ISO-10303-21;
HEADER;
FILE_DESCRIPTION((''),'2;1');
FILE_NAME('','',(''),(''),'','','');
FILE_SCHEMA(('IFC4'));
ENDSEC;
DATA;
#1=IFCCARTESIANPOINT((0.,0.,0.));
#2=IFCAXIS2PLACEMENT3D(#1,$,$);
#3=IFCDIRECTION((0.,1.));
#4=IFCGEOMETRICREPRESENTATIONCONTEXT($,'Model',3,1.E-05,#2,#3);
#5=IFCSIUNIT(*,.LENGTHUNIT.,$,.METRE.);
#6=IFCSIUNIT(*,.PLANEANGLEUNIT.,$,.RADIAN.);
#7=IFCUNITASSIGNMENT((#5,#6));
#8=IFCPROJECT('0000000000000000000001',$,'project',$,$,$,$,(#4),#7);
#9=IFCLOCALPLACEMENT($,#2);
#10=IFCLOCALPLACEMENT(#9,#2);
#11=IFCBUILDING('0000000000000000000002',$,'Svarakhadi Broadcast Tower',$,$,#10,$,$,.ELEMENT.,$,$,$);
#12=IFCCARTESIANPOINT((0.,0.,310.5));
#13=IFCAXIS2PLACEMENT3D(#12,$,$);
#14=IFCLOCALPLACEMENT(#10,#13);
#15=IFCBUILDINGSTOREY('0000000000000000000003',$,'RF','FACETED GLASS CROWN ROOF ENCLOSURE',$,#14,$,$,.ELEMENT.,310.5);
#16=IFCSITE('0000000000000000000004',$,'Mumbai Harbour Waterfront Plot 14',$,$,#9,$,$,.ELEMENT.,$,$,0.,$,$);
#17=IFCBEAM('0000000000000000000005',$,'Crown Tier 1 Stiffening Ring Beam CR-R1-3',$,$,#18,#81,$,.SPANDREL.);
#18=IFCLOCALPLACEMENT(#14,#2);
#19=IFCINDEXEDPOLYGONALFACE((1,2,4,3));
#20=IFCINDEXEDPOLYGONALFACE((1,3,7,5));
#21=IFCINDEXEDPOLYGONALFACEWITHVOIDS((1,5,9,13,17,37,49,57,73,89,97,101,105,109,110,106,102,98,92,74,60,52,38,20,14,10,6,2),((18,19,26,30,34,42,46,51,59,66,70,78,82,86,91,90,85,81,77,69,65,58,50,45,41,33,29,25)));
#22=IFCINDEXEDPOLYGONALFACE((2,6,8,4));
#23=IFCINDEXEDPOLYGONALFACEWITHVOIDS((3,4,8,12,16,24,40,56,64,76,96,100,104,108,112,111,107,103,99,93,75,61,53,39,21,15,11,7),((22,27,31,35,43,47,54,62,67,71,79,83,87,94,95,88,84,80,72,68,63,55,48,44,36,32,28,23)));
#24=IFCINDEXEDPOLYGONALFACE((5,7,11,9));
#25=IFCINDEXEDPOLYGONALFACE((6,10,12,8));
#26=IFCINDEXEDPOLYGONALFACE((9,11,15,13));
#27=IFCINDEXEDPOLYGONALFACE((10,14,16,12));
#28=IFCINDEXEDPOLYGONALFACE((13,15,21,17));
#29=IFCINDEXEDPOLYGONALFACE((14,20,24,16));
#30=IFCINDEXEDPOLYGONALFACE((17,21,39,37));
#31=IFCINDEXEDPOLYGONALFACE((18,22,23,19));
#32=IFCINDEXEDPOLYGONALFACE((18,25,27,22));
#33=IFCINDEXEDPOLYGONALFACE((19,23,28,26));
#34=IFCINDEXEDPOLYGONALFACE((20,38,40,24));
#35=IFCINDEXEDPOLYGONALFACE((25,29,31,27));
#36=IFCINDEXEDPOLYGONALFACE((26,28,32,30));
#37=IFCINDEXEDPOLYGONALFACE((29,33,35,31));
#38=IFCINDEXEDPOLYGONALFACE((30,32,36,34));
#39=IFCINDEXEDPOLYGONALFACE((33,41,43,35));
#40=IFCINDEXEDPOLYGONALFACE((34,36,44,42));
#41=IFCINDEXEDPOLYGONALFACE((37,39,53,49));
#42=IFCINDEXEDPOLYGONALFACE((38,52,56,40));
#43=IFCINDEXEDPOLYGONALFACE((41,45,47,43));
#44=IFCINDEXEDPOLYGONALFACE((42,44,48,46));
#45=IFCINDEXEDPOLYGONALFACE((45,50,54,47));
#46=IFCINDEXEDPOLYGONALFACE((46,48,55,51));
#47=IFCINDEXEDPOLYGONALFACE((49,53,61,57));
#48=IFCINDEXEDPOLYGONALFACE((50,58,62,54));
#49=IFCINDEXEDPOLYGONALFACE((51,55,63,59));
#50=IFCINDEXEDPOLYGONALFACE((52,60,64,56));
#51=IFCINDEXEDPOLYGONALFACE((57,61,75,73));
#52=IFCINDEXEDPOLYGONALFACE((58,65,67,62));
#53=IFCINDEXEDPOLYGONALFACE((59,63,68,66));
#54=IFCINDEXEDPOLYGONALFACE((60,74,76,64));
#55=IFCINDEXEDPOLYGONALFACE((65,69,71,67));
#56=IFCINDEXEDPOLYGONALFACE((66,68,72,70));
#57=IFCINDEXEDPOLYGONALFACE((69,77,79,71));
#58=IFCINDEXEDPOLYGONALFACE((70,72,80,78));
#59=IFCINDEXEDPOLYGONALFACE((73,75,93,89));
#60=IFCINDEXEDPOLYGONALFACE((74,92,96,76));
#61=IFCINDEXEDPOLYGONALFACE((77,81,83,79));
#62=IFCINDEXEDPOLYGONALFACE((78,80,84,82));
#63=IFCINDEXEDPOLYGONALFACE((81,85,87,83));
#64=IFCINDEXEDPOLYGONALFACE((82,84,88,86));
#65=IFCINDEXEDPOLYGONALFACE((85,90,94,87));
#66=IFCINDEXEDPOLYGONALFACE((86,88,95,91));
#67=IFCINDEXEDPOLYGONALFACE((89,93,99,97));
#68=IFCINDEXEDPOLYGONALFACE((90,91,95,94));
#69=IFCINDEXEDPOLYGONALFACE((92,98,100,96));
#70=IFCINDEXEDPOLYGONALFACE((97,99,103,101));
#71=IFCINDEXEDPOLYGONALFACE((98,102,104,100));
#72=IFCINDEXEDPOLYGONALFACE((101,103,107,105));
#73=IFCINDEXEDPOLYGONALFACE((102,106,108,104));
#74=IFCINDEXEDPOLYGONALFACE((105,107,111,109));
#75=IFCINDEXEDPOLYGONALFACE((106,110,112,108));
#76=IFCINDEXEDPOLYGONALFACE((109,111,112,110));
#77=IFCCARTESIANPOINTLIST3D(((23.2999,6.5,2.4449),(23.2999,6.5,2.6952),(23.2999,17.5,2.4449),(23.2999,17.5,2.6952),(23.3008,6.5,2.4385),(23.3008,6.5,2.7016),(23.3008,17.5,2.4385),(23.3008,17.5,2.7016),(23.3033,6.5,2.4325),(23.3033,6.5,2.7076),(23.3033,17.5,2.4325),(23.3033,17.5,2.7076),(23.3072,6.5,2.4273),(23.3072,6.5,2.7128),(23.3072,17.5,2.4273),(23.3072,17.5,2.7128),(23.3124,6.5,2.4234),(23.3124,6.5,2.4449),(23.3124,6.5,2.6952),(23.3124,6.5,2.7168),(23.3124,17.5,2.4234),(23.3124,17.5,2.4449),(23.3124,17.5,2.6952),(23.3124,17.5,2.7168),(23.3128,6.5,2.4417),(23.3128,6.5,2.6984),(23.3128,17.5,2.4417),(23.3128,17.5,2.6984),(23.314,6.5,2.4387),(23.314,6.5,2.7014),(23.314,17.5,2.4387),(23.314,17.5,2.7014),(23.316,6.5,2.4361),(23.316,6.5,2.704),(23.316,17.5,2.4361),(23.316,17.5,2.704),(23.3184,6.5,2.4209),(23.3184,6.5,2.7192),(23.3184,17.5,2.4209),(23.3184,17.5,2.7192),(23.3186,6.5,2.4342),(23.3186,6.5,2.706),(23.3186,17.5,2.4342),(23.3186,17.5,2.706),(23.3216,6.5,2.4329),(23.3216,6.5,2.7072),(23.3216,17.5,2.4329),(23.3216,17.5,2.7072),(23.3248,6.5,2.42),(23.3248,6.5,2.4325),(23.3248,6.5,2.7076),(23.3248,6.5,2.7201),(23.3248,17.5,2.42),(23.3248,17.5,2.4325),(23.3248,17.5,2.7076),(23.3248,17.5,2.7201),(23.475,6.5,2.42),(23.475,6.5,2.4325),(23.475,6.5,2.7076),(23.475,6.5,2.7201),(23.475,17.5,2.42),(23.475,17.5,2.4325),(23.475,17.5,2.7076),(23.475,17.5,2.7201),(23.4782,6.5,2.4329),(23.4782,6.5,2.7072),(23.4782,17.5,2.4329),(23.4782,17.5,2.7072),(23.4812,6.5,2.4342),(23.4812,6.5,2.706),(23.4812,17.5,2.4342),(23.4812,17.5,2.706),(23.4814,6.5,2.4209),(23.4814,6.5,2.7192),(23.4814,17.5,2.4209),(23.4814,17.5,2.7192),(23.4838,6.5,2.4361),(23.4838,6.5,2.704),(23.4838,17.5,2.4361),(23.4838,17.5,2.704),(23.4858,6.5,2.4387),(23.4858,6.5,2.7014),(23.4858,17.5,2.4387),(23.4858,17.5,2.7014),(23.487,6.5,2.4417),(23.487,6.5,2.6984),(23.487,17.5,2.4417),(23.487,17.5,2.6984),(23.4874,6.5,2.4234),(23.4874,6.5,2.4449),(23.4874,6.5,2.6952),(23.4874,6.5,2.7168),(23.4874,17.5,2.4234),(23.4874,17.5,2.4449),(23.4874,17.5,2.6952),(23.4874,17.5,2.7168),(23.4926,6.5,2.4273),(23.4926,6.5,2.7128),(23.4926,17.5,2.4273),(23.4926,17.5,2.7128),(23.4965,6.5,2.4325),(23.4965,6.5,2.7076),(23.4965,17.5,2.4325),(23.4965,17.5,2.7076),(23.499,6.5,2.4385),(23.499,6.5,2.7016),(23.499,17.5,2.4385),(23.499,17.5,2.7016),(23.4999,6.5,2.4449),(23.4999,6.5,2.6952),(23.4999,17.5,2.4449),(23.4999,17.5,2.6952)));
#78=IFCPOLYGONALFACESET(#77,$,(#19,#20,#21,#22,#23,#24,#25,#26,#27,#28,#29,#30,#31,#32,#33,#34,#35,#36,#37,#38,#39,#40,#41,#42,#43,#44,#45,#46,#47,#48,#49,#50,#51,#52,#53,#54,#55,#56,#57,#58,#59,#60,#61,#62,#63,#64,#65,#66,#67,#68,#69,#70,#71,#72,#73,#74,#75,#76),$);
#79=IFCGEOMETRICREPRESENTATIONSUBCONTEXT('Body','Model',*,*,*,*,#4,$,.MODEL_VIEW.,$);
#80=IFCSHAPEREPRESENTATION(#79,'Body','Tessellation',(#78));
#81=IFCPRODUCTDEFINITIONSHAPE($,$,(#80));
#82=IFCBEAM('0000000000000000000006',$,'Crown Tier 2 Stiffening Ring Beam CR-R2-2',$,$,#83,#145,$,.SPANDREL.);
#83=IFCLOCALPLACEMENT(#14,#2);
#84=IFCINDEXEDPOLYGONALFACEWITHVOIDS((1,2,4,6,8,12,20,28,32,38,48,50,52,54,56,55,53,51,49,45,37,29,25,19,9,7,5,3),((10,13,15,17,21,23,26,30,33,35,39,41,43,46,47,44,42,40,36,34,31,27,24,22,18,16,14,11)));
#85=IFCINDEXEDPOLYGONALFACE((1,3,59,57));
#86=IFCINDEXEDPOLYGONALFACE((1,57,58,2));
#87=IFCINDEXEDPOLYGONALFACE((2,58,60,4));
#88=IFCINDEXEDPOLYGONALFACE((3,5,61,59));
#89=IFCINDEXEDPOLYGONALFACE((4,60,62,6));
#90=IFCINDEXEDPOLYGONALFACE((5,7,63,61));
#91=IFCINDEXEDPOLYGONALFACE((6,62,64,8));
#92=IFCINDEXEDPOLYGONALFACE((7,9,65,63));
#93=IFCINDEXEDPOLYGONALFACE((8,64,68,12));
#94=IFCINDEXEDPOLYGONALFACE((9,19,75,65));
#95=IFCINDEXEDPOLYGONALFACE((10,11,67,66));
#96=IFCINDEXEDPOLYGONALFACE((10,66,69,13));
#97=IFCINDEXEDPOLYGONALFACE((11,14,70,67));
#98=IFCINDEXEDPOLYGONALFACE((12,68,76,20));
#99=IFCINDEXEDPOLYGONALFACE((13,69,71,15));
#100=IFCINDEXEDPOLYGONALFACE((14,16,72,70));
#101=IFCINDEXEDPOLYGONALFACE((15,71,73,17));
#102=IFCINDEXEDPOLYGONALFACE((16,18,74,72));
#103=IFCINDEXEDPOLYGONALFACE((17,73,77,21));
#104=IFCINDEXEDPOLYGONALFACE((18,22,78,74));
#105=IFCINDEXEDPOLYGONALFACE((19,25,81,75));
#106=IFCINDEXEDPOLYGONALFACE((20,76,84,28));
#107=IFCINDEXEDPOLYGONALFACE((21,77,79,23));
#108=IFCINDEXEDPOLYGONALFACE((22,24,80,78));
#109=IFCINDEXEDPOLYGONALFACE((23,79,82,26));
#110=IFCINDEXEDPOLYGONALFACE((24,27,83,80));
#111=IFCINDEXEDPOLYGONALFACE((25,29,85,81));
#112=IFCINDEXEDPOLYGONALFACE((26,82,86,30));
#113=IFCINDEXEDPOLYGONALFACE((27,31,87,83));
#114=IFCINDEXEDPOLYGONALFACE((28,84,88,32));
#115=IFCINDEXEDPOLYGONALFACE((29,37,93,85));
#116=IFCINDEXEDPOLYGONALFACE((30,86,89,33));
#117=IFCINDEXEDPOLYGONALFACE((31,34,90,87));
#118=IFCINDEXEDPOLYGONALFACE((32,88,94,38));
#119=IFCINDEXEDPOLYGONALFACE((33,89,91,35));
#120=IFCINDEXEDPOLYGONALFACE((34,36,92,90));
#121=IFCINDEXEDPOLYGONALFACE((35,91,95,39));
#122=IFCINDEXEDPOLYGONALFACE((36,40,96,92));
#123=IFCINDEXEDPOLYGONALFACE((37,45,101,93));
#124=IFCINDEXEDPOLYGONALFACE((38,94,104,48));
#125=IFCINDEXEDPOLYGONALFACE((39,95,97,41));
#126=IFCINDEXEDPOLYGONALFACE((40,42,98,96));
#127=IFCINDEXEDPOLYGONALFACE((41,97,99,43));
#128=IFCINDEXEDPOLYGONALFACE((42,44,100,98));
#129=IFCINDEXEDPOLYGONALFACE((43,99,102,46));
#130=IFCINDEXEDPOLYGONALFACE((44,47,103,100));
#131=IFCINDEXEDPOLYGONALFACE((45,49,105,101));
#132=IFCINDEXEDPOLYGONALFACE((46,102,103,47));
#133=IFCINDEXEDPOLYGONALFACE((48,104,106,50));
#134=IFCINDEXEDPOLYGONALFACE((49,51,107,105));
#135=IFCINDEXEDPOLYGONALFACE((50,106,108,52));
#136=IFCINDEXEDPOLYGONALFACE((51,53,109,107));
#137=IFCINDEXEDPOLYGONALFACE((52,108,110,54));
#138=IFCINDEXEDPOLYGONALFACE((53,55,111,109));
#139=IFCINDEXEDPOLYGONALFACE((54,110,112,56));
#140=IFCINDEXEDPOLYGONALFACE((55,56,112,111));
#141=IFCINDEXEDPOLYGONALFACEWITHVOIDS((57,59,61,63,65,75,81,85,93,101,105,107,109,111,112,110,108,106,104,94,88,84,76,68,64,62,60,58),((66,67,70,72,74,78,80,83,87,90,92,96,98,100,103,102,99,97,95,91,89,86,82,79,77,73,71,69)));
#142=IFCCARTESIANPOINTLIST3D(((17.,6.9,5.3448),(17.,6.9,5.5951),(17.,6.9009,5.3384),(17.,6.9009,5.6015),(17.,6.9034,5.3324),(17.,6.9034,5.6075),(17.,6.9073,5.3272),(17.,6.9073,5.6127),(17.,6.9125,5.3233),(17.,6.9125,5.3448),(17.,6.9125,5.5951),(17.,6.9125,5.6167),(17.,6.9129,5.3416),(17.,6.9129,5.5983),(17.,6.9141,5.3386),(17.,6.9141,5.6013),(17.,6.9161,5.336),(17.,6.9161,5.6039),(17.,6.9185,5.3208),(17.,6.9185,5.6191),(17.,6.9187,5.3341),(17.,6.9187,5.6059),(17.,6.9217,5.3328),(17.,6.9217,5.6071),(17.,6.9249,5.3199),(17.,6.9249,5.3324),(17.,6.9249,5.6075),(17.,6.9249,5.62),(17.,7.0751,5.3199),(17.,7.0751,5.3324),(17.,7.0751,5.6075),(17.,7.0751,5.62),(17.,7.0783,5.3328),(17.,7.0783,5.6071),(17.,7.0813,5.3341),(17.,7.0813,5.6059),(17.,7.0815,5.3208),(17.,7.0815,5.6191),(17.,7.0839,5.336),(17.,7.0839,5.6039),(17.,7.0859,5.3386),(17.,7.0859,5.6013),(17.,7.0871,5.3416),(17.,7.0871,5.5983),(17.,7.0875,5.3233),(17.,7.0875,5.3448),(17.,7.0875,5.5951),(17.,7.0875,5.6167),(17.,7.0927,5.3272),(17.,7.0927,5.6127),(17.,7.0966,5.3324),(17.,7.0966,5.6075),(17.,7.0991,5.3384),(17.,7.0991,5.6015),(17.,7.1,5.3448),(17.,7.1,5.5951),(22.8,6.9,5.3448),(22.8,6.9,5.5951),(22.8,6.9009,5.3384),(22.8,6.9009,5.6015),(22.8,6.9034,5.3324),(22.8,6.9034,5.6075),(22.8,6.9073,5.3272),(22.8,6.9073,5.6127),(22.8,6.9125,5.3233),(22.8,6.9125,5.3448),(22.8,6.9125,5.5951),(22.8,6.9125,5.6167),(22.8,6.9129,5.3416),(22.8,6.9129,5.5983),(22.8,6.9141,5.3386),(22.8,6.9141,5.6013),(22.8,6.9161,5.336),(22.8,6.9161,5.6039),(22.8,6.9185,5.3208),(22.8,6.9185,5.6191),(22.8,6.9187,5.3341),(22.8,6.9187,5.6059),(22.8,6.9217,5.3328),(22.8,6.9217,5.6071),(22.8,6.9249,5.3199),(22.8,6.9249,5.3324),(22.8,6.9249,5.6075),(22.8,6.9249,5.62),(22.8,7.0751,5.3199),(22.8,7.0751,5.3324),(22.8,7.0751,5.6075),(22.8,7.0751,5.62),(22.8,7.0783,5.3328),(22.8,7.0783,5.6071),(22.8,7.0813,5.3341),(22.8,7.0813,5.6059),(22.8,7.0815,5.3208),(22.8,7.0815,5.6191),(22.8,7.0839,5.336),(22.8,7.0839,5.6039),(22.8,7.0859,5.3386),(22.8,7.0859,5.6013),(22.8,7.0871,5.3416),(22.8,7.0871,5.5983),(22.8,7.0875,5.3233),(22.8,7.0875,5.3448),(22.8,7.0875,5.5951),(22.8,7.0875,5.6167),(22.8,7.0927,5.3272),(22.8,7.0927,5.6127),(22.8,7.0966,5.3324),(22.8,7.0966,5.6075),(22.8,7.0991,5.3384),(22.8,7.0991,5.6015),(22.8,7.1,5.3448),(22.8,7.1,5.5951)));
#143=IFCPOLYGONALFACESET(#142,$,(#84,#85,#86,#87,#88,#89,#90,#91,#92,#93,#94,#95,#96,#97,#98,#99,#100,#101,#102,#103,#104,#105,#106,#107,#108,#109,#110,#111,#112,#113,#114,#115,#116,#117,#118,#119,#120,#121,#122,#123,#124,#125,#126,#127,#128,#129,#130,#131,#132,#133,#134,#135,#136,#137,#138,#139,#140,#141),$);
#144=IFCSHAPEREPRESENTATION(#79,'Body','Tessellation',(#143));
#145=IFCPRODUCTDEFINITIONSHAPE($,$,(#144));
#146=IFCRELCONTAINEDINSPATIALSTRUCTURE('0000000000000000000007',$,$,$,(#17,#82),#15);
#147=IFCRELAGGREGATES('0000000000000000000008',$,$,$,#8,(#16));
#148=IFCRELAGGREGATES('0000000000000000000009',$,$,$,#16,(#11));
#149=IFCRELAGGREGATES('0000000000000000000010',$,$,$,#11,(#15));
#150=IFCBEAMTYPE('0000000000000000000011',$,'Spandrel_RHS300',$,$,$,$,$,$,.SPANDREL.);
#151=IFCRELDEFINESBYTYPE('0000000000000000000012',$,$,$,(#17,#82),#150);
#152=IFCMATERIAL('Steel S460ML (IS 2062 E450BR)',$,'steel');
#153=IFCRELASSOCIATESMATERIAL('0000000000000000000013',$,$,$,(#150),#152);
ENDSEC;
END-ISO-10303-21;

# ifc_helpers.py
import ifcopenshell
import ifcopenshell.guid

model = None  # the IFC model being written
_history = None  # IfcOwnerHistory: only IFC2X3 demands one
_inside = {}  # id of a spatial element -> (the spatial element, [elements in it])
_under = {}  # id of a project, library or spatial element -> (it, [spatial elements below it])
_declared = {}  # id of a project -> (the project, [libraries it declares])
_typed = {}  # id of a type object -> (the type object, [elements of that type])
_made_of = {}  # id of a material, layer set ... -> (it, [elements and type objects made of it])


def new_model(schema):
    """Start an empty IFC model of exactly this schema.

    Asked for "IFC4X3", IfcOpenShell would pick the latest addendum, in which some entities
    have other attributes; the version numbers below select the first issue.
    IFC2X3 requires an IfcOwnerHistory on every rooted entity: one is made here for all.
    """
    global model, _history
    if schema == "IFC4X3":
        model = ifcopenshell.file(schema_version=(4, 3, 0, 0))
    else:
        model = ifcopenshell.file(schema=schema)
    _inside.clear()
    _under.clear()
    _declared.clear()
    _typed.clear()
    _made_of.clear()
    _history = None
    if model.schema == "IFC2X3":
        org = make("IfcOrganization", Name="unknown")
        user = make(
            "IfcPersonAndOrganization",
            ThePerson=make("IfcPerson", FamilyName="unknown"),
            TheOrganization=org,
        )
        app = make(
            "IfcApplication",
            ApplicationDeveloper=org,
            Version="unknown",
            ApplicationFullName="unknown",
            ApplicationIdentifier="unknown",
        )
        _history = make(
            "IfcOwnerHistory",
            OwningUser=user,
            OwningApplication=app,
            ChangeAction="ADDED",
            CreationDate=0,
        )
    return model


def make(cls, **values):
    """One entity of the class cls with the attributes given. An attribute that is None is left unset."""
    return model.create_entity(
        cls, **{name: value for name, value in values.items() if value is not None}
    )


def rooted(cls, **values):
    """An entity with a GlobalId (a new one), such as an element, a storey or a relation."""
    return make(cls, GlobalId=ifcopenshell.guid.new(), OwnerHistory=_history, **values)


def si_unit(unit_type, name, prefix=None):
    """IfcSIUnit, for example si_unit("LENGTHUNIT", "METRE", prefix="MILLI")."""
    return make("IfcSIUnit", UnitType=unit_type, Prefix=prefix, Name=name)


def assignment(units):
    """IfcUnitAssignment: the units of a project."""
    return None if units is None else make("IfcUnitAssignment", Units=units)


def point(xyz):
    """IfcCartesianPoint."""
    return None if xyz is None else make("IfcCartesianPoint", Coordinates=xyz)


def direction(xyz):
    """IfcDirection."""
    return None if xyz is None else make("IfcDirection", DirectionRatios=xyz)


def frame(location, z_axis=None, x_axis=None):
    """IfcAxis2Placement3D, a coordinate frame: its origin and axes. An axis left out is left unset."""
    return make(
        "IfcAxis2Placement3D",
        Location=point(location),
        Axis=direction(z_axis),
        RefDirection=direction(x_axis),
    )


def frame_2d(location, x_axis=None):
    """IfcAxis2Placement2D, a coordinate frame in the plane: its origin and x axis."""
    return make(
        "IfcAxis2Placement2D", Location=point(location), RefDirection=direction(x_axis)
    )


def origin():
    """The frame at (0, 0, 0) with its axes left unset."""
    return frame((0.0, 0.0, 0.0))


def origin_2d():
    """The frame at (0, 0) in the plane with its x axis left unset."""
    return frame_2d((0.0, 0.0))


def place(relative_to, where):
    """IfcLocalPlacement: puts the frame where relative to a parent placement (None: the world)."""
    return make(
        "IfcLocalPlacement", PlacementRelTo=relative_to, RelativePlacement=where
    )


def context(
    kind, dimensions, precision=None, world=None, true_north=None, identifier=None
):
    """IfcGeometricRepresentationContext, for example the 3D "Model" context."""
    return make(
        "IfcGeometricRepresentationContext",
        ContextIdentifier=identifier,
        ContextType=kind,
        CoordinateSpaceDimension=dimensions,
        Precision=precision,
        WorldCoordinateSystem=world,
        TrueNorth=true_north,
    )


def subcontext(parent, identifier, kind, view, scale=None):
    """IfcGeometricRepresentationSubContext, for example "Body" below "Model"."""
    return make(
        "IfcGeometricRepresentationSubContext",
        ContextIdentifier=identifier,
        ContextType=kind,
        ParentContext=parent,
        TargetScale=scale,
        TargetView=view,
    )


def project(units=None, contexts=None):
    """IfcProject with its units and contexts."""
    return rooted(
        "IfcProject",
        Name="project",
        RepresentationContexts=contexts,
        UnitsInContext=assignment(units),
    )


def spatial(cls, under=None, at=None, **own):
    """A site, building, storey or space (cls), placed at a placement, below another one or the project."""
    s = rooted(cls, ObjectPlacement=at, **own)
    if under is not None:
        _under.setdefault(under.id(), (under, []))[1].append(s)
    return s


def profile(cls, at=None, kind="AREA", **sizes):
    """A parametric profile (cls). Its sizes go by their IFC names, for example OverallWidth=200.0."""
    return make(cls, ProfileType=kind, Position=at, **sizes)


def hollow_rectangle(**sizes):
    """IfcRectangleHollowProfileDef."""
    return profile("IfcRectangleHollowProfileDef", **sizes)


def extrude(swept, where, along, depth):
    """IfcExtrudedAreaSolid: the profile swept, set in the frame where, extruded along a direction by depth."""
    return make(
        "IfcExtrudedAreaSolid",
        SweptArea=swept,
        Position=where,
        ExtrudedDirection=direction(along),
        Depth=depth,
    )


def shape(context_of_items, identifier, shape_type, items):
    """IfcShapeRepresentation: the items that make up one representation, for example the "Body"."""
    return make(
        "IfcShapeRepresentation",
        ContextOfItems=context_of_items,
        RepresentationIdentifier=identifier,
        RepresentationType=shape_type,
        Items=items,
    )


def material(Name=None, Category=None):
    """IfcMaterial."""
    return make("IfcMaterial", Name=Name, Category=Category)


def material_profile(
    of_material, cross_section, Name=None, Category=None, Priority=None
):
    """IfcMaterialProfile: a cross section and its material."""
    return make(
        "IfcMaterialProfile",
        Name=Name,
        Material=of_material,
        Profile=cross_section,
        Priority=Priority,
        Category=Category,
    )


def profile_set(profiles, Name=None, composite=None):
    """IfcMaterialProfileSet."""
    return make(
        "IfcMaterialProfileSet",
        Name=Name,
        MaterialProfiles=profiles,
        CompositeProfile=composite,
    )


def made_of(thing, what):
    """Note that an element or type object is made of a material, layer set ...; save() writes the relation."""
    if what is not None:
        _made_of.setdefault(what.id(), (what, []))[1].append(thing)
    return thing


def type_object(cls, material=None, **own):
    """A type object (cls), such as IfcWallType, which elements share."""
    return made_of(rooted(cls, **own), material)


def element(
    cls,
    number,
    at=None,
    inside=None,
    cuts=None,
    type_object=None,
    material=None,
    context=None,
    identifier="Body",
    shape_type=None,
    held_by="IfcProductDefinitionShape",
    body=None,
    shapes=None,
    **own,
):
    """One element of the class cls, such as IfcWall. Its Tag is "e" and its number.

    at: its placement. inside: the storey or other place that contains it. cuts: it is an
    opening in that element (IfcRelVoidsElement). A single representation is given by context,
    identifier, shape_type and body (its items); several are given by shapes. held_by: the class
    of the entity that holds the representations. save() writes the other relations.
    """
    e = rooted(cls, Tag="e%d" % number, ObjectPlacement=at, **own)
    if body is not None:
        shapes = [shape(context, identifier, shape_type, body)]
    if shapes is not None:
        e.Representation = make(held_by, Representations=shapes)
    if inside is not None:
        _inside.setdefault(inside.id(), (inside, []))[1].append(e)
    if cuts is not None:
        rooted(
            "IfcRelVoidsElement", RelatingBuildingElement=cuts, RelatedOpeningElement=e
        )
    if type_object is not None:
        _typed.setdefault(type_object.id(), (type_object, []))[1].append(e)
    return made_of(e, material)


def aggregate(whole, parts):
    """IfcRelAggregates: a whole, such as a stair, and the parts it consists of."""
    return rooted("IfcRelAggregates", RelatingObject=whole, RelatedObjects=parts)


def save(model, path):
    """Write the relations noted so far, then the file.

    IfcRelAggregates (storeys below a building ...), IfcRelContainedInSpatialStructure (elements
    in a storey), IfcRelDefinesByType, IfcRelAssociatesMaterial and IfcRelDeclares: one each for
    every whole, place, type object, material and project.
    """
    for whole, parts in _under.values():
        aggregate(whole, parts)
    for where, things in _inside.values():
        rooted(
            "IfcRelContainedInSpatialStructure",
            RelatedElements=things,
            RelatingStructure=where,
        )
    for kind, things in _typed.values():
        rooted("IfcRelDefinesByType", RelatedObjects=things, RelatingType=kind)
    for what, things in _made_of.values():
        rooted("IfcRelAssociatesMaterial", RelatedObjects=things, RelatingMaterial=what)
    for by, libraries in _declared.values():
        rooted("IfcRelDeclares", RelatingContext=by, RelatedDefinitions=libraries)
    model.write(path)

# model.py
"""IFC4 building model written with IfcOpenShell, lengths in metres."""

from ifc_helpers import new_model, si_unit, direction, frame, origin, origin_2d, place, context, subcontext, project, spatial, hollow_rectangle, extrude, material, material_profile, profile_set, type_object, element, save


model = new_model("IFC4")

# Units and contexts
model_context = context("Model", 3, precision=1e-05, world=origin(), true_north=direction((0.0, 1.0)))
body_context = subcontext(model_context, "Body", "Model", "MODEL_VIEW")
ifc_project = project(units=[si_unit("LENGTHUNIT", "METRE"), si_unit("PLANEANGLEUNIT", "RADIAN")], contexts=[model_context])

# Site, building, storey
site_placement = place(None, origin())
site = spatial("IfcSite", under=ifc_project, at=site_placement, Name="Mumbai Harbour Waterfront Plot 14", CompositionType="ELEMENT", RefElevation=0.0)
building_placement = place(site_placement, origin())
building = spatial("IfcBuilding", under=site, at=building_placement, Name="Svarakhadi Broadcast Tower", CompositionType="ELEMENT")
storey_placement = place(building_placement, frame((0.0, 0.0, 310.5)))
storey = spatial("IfcBuildingStorey", under=building, at=storey_placement, Name="RF", Description="FACETED GLASS CROWN ROOF ENCLOSURE", CompositionType="ELEMENT", Elevation=310.5)

# Shared definitions
ifc_material_1 = material(Name="Steel S460ML (IS 2062 E450BR)", Category="steel")

# Beams
ifc_material_profile_1 = material_profile(ifc_material_1, hollow_rectangle(XDim=0.2, YDim=0.3, WallThickness=0.0125, InnerFilletRadius=0.0125, OuterFilletRadius=0.0249, at=origin_2d()), Name="RHS 300x200x12.5")
ifc_profile_set_1 = profile_set([ifc_material_profile_1], Name="Steel S460ML (IS 2062 E450BR)")
beam_type_1 = type_object("IfcBeamType", Name="Spandrel_RHS300", PredefinedType="SPANDREL", material=ifc_profile_set_1)
beam_1_placement = place(storey_placement, frame((23.3999, 6.5, 2.5701), z_axis=(0.0, 1.0, 0.0), x_axis=(-1.0, 0.0, 0.0)))
element("IfcBeam", 1, at=beam_1_placement, inside=storey, type_object=beam_type_1, Name="Crown Tier 1 Stiffening Ring Beam CR-R1-3", PredefinedType="SPANDREL", context=body_context, shape_type="SweptSolid", body=[
    extrude(hollow_rectangle(XDim=0.2, YDim=0.3, WallThickness=0.0125, InnerFilletRadius=0.0125, OuterFilletRadius=0.0249, at=origin_2d()), origin(), (0.0, 0.0, 1.0), 11.0),
])
beam_2_placement = place(storey_placement, frame((17.0, 7.0, 5.47), z_axis=(1.0, 0.0, 0.0), x_axis=(0.0, 1.0, 0.0)))
element("IfcBeam", 2, at=beam_2_placement, inside=storey, type_object=beam_type_1, Name="Crown Tier 2 Stiffening Ring Beam CR-R2-2", PredefinedType="SPANDREL", context=body_context, shape_type="SweptSolid", body=[
    extrude(hollow_rectangle(XDim=0.2, YDim=0.3, WallThickness=0.0125, InnerFilletRadius=0.0125, OuterFilletRadius=0.0249, at=origin_2d()), origin(), (0.0, 0.0, 1.0), 5.8),
])

save(model, "model.ifc")
